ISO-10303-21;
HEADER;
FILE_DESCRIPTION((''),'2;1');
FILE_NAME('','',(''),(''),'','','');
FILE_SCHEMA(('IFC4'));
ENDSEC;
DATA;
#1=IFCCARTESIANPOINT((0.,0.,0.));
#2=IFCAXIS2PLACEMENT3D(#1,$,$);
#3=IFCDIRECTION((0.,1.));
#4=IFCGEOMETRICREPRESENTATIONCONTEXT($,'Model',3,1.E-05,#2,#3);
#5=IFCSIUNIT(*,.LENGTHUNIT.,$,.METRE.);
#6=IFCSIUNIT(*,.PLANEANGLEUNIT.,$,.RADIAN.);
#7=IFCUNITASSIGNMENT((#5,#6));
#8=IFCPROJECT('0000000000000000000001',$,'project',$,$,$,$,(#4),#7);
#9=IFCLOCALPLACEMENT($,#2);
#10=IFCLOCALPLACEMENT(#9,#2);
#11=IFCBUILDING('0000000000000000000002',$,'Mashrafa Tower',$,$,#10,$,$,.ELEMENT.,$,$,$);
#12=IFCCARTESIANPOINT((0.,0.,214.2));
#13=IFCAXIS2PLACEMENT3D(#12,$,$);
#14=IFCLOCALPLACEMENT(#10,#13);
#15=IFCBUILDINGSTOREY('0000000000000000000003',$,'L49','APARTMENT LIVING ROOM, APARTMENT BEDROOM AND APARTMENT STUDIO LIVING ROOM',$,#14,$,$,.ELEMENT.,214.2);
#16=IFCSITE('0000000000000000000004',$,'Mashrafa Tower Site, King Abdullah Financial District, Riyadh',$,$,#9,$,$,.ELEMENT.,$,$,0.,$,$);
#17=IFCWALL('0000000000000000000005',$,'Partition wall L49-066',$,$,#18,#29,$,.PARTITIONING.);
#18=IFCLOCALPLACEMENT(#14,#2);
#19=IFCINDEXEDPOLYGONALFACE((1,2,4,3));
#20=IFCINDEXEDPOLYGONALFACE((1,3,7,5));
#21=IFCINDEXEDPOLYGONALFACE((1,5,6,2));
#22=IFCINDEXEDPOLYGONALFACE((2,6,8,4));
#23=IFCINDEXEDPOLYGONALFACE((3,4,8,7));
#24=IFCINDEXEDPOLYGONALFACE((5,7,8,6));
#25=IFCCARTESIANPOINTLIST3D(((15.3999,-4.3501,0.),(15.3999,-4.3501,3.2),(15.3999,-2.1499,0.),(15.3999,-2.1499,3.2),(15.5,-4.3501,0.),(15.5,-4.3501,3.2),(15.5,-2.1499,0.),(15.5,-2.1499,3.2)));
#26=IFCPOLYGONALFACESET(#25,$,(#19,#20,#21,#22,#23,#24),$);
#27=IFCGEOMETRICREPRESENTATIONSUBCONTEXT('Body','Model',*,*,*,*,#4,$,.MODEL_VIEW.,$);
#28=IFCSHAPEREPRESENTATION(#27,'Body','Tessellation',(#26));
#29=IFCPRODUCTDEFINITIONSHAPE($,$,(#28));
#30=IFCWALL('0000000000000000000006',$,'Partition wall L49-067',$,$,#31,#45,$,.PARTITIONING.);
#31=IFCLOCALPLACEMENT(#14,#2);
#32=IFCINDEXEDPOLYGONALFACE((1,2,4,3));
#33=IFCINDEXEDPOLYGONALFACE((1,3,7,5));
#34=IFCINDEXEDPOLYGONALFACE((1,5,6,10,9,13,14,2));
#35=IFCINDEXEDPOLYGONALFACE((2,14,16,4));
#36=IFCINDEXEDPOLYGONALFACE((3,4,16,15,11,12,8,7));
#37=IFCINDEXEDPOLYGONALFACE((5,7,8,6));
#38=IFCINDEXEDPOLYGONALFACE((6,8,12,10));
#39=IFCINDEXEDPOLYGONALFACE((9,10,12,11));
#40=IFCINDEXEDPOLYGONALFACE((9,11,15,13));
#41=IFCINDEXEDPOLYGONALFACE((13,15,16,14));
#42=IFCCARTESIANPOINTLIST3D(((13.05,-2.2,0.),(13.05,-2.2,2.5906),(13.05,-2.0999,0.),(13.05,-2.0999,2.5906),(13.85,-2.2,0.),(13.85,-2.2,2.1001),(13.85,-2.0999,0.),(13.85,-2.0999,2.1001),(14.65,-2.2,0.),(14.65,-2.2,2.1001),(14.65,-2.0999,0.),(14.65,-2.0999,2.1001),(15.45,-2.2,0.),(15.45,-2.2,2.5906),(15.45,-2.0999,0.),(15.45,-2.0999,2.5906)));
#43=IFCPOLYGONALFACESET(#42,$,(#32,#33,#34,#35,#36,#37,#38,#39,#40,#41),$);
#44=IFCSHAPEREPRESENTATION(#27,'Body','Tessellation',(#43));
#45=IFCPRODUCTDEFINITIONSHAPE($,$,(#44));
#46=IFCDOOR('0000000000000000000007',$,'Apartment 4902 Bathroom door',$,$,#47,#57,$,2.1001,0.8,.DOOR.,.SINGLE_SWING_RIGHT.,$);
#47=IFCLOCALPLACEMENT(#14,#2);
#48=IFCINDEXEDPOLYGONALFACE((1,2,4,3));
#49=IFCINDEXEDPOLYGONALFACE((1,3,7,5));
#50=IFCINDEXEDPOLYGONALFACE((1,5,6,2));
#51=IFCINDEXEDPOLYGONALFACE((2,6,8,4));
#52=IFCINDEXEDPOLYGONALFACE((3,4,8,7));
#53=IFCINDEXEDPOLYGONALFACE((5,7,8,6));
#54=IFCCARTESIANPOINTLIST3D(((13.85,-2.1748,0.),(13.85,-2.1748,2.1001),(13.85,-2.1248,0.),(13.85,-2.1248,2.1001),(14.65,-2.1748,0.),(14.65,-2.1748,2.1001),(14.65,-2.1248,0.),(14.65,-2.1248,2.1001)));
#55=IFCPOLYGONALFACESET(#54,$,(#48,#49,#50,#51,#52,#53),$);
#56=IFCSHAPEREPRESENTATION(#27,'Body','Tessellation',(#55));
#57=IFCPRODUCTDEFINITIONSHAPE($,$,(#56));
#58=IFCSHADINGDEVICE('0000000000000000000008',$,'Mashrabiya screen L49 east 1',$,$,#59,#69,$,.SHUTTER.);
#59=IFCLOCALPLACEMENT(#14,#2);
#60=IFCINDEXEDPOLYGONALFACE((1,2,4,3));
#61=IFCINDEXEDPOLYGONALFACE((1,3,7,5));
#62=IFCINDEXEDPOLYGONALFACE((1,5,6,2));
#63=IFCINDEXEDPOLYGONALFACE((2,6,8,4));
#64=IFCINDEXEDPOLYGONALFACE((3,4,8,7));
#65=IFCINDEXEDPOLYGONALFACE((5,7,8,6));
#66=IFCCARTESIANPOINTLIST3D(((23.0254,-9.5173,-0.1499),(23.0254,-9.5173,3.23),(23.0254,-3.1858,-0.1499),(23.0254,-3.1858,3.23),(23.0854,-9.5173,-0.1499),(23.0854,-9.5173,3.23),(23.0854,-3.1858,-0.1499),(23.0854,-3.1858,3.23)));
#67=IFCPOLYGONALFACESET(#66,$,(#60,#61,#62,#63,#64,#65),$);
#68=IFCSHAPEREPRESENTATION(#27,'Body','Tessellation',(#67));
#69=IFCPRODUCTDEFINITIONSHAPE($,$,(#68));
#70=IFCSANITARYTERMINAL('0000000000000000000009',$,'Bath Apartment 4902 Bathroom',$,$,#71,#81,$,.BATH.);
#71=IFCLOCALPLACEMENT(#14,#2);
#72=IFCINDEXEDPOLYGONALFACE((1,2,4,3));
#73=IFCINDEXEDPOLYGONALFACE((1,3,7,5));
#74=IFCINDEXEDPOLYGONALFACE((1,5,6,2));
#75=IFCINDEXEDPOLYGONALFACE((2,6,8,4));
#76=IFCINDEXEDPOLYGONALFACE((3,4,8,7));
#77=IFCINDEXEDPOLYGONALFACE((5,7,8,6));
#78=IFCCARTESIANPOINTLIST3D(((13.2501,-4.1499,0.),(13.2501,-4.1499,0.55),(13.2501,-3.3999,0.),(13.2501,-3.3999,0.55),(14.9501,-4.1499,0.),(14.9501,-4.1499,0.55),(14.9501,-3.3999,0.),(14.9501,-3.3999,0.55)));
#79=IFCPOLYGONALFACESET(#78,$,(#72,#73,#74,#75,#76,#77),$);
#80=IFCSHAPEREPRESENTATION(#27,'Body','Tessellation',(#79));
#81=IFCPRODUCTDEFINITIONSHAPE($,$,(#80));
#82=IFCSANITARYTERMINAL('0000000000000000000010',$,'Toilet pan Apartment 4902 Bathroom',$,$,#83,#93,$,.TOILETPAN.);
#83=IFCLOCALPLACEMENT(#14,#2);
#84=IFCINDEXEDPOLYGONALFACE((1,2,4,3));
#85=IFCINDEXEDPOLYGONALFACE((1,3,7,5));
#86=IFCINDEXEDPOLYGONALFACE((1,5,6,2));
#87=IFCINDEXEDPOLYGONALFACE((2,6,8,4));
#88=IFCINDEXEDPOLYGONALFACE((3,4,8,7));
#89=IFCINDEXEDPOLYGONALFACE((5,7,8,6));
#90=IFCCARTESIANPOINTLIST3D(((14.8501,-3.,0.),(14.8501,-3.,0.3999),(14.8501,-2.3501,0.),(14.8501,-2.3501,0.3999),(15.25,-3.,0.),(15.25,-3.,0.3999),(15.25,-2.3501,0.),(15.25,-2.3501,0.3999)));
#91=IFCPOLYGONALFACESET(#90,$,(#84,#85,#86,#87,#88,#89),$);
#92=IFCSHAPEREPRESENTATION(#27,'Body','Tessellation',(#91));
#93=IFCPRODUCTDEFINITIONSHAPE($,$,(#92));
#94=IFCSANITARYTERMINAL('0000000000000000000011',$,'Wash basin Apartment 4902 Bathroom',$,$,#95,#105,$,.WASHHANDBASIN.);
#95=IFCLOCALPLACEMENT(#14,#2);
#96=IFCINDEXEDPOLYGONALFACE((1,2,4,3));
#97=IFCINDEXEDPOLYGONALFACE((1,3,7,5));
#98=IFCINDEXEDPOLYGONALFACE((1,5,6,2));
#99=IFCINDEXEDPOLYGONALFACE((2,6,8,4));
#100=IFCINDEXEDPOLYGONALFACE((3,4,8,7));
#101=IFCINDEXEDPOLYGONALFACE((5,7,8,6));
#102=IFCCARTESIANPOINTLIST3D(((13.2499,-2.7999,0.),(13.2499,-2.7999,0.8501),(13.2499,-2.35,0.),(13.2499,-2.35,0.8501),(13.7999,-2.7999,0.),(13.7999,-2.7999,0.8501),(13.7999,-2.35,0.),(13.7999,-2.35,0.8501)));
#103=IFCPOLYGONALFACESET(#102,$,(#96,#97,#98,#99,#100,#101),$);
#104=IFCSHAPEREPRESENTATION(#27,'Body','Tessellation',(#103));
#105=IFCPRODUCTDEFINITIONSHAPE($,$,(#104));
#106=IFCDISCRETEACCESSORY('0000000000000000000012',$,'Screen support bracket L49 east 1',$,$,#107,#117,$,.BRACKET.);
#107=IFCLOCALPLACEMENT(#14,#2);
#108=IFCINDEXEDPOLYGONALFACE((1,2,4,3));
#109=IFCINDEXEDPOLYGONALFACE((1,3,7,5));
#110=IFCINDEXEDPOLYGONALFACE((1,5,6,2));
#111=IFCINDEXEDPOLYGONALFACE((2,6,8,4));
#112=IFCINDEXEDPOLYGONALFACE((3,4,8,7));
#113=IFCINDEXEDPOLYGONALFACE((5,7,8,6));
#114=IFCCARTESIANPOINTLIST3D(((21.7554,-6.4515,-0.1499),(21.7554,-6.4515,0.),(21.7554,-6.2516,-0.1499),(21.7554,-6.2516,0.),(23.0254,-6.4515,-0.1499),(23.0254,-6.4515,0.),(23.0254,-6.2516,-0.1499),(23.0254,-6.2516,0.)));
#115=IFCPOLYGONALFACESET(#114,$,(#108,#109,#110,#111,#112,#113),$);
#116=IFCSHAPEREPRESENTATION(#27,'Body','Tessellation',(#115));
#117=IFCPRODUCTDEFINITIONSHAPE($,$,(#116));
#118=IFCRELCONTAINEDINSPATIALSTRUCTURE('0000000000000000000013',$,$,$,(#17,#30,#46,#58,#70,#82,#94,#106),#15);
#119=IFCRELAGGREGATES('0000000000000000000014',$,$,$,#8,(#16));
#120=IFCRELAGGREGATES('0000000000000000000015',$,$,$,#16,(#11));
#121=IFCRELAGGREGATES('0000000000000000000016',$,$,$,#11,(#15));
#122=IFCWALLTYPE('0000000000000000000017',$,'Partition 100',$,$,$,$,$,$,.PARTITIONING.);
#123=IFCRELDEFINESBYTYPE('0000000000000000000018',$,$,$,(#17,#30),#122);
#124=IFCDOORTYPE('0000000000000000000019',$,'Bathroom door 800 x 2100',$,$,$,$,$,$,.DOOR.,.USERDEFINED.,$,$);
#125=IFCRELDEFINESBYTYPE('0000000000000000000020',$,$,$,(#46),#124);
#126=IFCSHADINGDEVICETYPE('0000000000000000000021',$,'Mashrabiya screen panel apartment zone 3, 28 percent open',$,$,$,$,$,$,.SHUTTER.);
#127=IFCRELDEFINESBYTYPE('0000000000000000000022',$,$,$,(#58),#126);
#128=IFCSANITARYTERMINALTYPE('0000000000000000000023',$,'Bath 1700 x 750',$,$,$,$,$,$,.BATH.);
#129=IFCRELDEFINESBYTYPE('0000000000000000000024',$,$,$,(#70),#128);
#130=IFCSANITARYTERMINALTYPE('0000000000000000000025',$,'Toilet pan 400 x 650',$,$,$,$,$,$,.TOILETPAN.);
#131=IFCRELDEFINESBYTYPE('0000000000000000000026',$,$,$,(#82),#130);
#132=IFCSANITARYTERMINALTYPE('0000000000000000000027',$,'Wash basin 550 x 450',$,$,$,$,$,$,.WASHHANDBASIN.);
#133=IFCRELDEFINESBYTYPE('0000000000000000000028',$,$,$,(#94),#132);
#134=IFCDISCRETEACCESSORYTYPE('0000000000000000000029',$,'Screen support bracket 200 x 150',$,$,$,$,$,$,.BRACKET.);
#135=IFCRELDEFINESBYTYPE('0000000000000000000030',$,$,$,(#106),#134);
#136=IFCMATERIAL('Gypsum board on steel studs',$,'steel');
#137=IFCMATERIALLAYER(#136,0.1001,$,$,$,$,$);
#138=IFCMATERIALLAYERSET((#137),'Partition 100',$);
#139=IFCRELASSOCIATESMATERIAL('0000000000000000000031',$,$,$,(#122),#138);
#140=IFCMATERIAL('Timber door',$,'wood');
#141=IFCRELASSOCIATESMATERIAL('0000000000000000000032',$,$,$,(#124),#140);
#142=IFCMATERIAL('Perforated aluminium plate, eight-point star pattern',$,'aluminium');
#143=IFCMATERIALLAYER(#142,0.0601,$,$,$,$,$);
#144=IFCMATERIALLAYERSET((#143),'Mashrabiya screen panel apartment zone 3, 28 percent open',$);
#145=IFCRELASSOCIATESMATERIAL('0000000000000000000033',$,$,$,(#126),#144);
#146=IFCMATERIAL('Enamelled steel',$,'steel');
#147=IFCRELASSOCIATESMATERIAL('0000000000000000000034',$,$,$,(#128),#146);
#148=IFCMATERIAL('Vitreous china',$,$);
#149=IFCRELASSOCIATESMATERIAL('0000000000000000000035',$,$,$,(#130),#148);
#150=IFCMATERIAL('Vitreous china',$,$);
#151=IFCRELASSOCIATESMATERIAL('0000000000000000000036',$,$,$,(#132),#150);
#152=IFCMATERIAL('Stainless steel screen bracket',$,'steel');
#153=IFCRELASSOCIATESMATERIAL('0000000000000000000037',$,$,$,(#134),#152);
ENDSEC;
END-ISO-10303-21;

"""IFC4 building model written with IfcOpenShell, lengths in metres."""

from ifc_helpers import new_model, si_unit, direction, frame, frame_2d, origin, origin_2d, place, context, subcontext, project, spatial, rectangle, extrude, source, transform, mapped, material, layer, layer_set, type_object, type_shapes, element, fill, save


model = new_model("IFC4")

# Units and contexts
model_context = context("Model", 3, precision=1e-05, world=origin(), true_north=direction((0.0, 1.0)))
body_context = subcontext(model_context, "Body", "Model", "MODEL_VIEW")
ifc_project = project(units=[si_unit("LENGTHUNIT", "METRE"), si_unit("PLANEANGLEUNIT", "RADIAN")], contexts=[model_context])

# Site, building, storey
site_placement = place(None, origin())
site = spatial("IfcSite", under=ifc_project, at=site_placement, Name="Mashrafa Tower Site, King Abdullah Financial District, Riyadh", CompositionType="ELEMENT", RefElevation=0.0)
building_placement = place(site_placement, origin())
building = spatial("IfcBuilding", under=site, at=building_placement, Name="Mashrafa Tower", CompositionType="ELEMENT")
storey_placement = place(building_placement, frame((0.0, 0.0, 214.2)))
storey = spatial("IfcBuildingStorey", under=building, at=storey_placement, Name="L49", Description="APARTMENT LIVING ROOM, APARTMENT BEDROOM AND APARTMENT STUDIO LIVING ROOM", CompositionType="ELEMENT", Elevation=214.2)

# Wall
ifc_material_1 = material(Name="Gypsum board on steel studs", Category="steel")
ifc_layer_1 = layer(ifc_material_1, 0.1001)
ifc_layer_set_1 = layer_set([ifc_layer_1], Name="Partition 100")
wall_type_1 = type_object("IfcWallType", Name="Partition 100", PredefinedType="PARTITIONING", material=ifc_layer_set_1)
wall_1_placement = place(storey_placement, frame((15.45, -4.3501, 0.0), z_axis=(0.0, 0.0, 1.0), x_axis=(0.0, 1.0, 0.0)))
element("IfcWall", 1, at=wall_1_placement, inside=storey, type_object=wall_type_1, Name="Partition wall L49-066", PredefinedType="PARTITIONING", context=body_context, shape_type="SweptSolid", body=[
    extrude(rectangle(XDim=2.2002, YDim=0.1001, at=frame_2d((1.1001, 0.0))), origin(), (0.0, 0.0, 1.0), 3.2),
])

# Wall, opening, door
wall_2_placement = place(storey_placement, frame((15.45, -2.1499, 0.0), z_axis=(0.0, 0.0, 1.0), x_axis=(-1.0, 0.0, 0.0)))
wall_2 = element("IfcWall", 2, at=wall_2_placement, inside=storey, type_object=wall_type_1, Name="Partition wall L49-067", PredefinedType="PARTITIONING", context=body_context, shape_type="SweptSolid", body=[
    extrude(rectangle(XDim=2.3999, YDim=0.1001, at=frame_2d((1.2, 0.0))), origin(), (0.0, 0.0, 1.0), 2.5906),
])
opening_1_placement = place(wall_2_placement, frame((0.8, 0.0, 0.0)))
opening_1 = element("IfcOpeningElement", 3, at=opening_1_placement, cuts=wall_2, PredefinedType="OPENING", context=body_context, shape_type="SweptSolid", body=[
    extrude(rectangle(XDim=0.8, YDim=2.1001, at=frame_2d((0.3999, 1.05))), frame((0.0, 0.0601, 0.0), z_axis=(0.0, -1.0, 0.0), x_axis=(1.0, 0.0, 0.0)), (0.0, 0.0, 1.0), 0.1201),
])
ifc_material_2 = material(Name="Timber door", Category="wood")
door_type_1 = type_object("IfcDoorType", Name="Bathroom door 800 x 2100", OperationType="USERDEFINED", PredefinedType="DOOR", material=ifc_material_2)
door_1_placement = place(opening_1_placement, origin())
door_1 = element("IfcDoor", 4, at=door_1_placement, inside=storey, type_object=door_type_1, Name="Apartment 4902 Bathroom door", OperationType="SINGLE_SWING_RIGHT", OverallHeight=2.1001, OverallWidth=0.8, PredefinedType="DOOR", context=body_context, shape_type="SweptSolid", body=[
    extrude(rectangle(XDim=0.8, YDim=2.1001, at=frame_2d((0.3999, 1.05))), frame((0.0, 0.0249, 0.0), z_axis=(0.0, -1.0, 0.0), x_axis=(1.0, 0.0, 0.0)), (0.0, 0.0, 1.0), 0.05),
])
fill(opening_1, door_1)

# Shading device
ifc_material_3 = material(Name="Perforated aluminium plate, eight-point star pattern", Category="aluminium")
ifc_layer_2 = layer(ifc_material_3, 0.0601)
ifc_layer_set_2 = layer_set([ifc_layer_2], Name="Mashrabiya screen panel apartment zone 3, 28 percent open")
shading_device_type = type_object("IfcShadingDeviceType", Name="Mashrabiya screen panel apartment zone 3, 28 percent open", PredefinedType="SHUTTER", material=ifc_layer_set_2)
shared_shape_1 = source(origin(), body_context, "Body", "SweptSolid", [
    extrude(rectangle(XDim=6.3315, YDim=0.0601, at=origin_2d()), origin(), (0.0, 0.0, 1.0), 3.3799),
])
type_shapes(shading_device_type, [shared_shape_1])
shading_device_placement = place(storey_placement, frame((23.0554, -6.3516, -0.1499), z_axis=(0.0, 0.0, 1.0), x_axis=(0.0, 1.0, 0.0)))
element("IfcShadingDevice", 5, at=shading_device_placement, inside=storey, type_object=shading_device_type, Name="Mashrabiya screen L49 east 1", PredefinedType="SHUTTER", context=body_context, shape_type="MappedRepresentation", body=[
    mapped(shared_shape_1, transform((0.0, 0.0, 0.0))),
])

# Sanitary terminals
ifc_material_4 = material(Name="Enamelled steel", Category="steel")
sanitary_terminal_type_1 = type_object("IfcSanitaryTerminalType", Name="Bath 1700 x 750", PredefinedType="BATH", material=ifc_material_4)
sanitary_terminal_1_placement = place(storey_placement, frame((14.1001, -3.7749, 0.0), z_axis=(0.0, 0.0, 1.0), x_axis=(1.0, 0.0, 0.0)))
element("IfcSanitaryTerminal", 6, at=sanitary_terminal_1_placement, inside=storey, type_object=sanitary_terminal_type_1, Name="Bath Apartment 4902 Bathroom", PredefinedType="BATH", context=body_context, shape_type="SweptSolid", body=[
    extrude(rectangle(XDim=1.7, YDim=0.75, at=origin_2d()), origin(), (0.0, 0.0, 1.0), 0.55),
])
ifc_material_5 = material(Name="Vitreous china")
sanitary_terminal_type_2 = type_object("IfcSanitaryTerminalType", Name="Toilet pan 400 x 650", PredefinedType="TOILETPAN", material=ifc_material_5)
sanitary_terminal_2_placement = place(storey_placement, frame((15.05, -2.675, 0.0), z_axis=(0.0, 0.0, 1.0), x_axis=(-1.0, 0.0, 0.0)))
element("IfcSanitaryTerminal", 7, at=sanitary_terminal_2_placement, inside=storey, type_object=sanitary_terminal_type_2, Name="Toilet pan Apartment 4902 Bathroom", PredefinedType="TOILETPAN", context=body_context, shape_type="SweptSolid", body=[
    extrude(rectangle(XDim=0.3999, YDim=0.6499, at=origin_2d()), origin(), (0.0, 0.0, 1.0), 0.3999),
])
ifc_material_6 = material(Name="Vitreous china")
sanitary_terminal_type_3 = type_object("IfcSanitaryTerminalType", Name="Wash basin 550 x 450", PredefinedType="WASHHANDBASIN", material=ifc_material_6)
sanitary_terminal_3_placement = place(storey_placement, frame((13.5249, -2.575, 0.0), z_axis=(0.0, 0.0, 1.0), x_axis=(-1.0, 0.0, 0.0)))
element("IfcSanitaryTerminal", 8, at=sanitary_terminal_3_placement, inside=storey, type_object=sanitary_terminal_type_3, Name="Wash basin Apartment 4902 Bathroom", PredefinedType="WASHHANDBASIN", context=body_context, shape_type="SweptSolid", body=[
    extrude(rectangle(XDim=0.55, YDim=0.45, at=origin_2d()), origin(), (0.0, 0.0, 1.0), 0.8501),
])

# Discrete accessory
ifc_material_7 = material(Name="Stainless steel screen bracket", Category="steel")
discrete_accessory_type = type_object("IfcDiscreteAccessoryType", Name="Screen support bracket 200 x 150", PredefinedType="BRACKET", material=ifc_material_7)
shared_shape_2 = source(origin(), body_context, "Body", "SweptSolid", [
    extrude(rectangle(XDim=0.2, YDim=1.27, at=origin_2d()), origin(), (0.0, 0.0, 1.0), 0.1499),
])
type_shapes(discrete_accessory_type, [shared_shape_2])
discrete_accessory_placement = place(storey_placement, frame((22.3904, -6.3516, -0.1499), z_axis=(0.0, 0.0, 1.0), x_axis=(0.0, 1.0, 0.0)))
element("IfcDiscreteAccessory", 9, at=discrete_accessory_placement, inside=storey, type_object=discrete_accessory_type, Name="Screen support bracket L49 east 1", PredefinedType="BRACKET", context=body_context, shape_type="MappedRepresentation", body=[
    mapped(shared_shape_2, transform((0.0, 0.0, 0.0))),
])

save(model, "model.ifc")
